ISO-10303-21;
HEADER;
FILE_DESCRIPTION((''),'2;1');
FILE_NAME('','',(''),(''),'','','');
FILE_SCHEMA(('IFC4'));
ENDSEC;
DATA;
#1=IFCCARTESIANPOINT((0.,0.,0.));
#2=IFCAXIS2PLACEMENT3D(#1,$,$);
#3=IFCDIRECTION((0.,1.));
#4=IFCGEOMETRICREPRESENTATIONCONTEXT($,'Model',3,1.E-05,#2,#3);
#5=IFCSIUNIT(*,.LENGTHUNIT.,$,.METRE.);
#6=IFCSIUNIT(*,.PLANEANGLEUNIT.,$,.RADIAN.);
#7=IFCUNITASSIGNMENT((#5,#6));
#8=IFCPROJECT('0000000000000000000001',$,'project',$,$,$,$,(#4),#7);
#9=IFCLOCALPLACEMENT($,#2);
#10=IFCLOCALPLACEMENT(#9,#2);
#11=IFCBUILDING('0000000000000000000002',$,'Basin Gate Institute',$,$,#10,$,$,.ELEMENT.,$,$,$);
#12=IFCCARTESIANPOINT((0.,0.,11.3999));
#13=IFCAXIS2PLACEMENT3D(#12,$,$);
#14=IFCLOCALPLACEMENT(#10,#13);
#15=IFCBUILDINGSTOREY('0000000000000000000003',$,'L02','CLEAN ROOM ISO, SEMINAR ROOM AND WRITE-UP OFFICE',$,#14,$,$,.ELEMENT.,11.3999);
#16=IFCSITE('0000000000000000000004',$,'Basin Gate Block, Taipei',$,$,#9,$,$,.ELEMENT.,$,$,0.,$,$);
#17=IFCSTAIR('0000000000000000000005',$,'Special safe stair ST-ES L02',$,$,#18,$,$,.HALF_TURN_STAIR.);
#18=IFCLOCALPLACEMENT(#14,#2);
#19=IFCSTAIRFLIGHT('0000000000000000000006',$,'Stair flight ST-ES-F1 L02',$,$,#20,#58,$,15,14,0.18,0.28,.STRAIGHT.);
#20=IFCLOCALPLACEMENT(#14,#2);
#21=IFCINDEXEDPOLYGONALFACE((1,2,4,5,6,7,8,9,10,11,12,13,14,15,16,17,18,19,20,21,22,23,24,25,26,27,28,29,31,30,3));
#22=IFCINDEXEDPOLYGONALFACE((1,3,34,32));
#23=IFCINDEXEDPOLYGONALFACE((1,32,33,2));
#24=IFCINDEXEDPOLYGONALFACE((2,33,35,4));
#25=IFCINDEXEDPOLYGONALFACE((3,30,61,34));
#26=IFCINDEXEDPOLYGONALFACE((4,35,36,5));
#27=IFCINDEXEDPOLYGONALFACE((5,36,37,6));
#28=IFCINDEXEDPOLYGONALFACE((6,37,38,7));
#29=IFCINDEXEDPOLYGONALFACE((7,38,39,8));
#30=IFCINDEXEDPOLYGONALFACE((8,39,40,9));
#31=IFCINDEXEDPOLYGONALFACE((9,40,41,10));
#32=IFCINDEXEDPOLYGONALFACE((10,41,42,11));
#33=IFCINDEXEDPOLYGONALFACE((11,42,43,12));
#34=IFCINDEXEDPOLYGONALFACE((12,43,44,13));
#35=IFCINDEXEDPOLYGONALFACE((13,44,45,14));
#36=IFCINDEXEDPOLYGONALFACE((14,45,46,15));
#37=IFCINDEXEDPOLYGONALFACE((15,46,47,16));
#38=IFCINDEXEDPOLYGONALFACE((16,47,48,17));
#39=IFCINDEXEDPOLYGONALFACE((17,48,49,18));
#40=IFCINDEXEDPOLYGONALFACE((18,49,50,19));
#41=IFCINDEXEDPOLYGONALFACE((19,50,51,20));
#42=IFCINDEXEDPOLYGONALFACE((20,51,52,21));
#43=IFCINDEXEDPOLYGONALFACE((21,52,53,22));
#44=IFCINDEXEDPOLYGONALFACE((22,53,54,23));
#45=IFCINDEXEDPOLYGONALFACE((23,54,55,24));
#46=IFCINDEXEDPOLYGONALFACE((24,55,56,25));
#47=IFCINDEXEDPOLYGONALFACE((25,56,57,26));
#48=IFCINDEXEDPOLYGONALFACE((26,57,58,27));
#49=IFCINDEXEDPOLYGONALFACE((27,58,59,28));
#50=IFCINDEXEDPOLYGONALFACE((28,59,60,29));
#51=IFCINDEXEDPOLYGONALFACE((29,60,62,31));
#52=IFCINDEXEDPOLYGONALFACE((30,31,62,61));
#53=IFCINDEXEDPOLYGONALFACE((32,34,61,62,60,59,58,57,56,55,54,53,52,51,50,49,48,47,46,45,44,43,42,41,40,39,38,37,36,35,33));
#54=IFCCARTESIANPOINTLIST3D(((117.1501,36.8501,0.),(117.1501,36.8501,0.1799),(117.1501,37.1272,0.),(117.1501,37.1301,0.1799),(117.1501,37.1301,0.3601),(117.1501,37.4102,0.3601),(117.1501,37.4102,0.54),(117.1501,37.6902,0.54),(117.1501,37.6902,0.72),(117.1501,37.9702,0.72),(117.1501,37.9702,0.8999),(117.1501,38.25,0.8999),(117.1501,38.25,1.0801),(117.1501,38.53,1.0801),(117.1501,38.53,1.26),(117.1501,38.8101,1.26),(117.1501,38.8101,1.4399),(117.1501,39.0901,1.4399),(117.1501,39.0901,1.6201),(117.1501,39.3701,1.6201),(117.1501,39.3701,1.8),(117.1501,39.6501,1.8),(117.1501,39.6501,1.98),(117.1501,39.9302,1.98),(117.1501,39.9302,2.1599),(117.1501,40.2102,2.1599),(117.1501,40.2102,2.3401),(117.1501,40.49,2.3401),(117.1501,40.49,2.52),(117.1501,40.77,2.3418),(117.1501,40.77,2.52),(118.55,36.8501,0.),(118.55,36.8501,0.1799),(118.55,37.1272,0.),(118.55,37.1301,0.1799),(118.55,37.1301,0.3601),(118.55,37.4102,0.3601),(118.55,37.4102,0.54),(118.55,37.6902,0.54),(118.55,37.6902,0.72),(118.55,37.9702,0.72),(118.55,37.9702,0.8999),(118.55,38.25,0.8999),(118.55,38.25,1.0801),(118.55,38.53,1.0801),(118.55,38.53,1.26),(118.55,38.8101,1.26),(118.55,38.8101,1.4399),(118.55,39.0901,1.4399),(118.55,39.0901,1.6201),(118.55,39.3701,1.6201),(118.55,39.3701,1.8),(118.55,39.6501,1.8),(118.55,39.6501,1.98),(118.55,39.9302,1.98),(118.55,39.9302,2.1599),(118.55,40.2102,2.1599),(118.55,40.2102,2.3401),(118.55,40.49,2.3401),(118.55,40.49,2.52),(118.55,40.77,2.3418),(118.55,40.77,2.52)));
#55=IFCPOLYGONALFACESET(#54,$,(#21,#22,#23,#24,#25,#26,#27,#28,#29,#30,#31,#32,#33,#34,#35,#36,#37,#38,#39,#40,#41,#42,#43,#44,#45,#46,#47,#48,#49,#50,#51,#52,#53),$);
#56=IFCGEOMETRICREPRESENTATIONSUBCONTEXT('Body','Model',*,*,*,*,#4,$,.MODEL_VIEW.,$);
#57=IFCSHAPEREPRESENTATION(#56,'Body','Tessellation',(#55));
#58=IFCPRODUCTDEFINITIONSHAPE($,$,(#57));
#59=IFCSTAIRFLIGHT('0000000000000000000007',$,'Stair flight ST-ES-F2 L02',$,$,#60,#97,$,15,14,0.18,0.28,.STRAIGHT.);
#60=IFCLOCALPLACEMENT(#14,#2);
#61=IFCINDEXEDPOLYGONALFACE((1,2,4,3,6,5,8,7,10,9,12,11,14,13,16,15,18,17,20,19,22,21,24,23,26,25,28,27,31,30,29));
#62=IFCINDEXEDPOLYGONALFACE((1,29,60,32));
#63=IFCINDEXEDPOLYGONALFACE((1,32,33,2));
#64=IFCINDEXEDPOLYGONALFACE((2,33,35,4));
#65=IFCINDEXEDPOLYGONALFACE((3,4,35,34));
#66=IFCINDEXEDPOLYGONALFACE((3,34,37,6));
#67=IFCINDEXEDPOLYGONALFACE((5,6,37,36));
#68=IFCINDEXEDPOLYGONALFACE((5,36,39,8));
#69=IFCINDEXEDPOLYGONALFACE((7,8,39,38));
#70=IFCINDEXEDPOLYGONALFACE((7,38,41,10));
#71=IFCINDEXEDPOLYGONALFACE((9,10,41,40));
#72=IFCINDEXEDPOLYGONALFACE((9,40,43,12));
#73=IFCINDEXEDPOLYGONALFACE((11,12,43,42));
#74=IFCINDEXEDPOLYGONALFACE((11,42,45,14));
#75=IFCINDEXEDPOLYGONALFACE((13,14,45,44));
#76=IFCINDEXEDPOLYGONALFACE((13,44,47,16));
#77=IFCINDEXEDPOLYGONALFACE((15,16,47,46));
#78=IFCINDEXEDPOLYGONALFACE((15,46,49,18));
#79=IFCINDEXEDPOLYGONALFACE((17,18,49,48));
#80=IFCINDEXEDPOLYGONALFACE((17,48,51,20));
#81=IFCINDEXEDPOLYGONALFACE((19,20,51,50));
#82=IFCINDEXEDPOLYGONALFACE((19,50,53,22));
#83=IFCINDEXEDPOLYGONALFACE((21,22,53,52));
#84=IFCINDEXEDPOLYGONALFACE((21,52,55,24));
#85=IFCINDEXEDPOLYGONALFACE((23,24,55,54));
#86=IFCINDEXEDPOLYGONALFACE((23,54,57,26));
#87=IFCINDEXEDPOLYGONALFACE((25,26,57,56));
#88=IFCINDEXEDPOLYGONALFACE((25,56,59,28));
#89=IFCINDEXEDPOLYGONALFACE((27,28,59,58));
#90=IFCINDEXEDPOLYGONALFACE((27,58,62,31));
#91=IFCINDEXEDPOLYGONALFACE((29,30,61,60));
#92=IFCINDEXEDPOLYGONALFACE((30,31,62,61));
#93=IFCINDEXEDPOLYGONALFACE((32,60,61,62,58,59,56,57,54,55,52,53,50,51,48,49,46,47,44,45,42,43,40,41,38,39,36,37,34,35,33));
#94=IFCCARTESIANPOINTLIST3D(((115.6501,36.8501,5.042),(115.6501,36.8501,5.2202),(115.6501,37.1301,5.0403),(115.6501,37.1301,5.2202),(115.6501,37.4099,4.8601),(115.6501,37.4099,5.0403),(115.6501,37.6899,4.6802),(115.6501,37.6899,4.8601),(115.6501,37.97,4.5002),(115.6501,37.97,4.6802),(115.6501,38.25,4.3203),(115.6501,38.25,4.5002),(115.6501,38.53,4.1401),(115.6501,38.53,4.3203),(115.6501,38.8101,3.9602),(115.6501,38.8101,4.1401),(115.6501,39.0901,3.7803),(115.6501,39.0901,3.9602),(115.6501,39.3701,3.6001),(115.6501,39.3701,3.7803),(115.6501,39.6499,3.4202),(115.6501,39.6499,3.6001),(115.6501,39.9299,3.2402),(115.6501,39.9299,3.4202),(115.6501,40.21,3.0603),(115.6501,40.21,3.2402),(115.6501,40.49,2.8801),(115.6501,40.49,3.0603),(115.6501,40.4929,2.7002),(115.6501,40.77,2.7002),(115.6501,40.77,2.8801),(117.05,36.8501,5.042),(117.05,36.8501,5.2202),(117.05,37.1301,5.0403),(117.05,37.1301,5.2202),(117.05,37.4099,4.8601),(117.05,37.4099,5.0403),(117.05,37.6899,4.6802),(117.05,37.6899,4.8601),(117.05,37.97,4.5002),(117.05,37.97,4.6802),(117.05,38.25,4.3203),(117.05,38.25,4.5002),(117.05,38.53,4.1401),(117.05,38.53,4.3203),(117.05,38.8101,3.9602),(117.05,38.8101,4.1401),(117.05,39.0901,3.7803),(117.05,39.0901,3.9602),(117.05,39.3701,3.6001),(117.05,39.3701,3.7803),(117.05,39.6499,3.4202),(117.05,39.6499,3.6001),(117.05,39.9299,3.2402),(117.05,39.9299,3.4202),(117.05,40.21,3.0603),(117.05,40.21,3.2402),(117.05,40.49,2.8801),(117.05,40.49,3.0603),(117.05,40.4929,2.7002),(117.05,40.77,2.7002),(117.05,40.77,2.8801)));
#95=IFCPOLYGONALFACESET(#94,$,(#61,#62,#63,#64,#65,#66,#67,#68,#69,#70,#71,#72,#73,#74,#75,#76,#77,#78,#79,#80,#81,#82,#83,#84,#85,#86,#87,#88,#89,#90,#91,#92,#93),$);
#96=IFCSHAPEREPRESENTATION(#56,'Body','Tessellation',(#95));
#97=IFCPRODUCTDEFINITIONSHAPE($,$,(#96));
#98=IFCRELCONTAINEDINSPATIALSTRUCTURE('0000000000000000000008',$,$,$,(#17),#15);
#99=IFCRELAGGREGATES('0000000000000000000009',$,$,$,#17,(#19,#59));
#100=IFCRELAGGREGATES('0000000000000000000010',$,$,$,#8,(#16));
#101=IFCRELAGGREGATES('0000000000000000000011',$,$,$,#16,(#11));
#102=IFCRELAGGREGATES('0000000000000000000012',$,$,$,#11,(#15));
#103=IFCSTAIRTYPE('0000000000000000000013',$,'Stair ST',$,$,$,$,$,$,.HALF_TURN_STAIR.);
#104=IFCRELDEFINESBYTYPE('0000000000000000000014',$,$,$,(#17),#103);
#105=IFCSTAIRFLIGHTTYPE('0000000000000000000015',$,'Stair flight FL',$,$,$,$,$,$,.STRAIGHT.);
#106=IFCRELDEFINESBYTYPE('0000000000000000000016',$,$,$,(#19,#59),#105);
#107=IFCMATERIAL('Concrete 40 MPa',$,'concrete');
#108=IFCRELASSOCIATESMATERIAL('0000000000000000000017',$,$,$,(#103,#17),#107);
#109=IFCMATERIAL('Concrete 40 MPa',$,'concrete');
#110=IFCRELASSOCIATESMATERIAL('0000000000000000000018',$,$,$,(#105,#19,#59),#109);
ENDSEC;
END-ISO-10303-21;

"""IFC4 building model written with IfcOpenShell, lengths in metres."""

from ifc_helpers import new_model, si_unit, direction, frame, origin, place, context, subcontext, project, spatial, polyline, outline, extrude, material, type_object, element, aggregate, save


model = new_model("IFC4")

# Units and contexts
model_context = context("Model", 3, precision=1e-05, world=origin(), true_north=direction((0.0, 1.0)))
body_context = subcontext(model_context, "Body", "Model", "MODEL_VIEW")
ifc_project = project(units=[si_unit("LENGTHUNIT", "METRE"), si_unit("PLANEANGLEUNIT", "RADIAN")], contexts=[model_context])

# Site, building, storey
site_placement = place(None, origin())
site = spatial("IfcSite", under=ifc_project, at=site_placement, Name="Basin Gate Block, Taipei", CompositionType="ELEMENT", RefElevation=0.0)
building_placement = place(site_placement, origin())
building = spatial("IfcBuilding", under=site, at=building_placement, Name="Basin Gate Institute", CompositionType="ELEMENT")
storey_placement = place(building_placement, frame((0.0, 0.0, 11.3999)))
storey = spatial("IfcBuildingStorey", under=building, at=storey_placement, Name="L02", Description="CLEAN ROOM ISO, SEMINAR ROOM AND WRITE-UP OFFICE", CompositionType="ELEMENT", Elevation=11.3999)

# Stair, stair flights
ifc_material_1 = material(Name="Concrete 40 MPa", Category="concrete")
stair_type = type_object("IfcStairType", Name="Stair ST", PredefinedType="HALF_TURN_STAIR", material=ifc_material_1)
stair_placement = place(storey_placement, origin())
stair = element("IfcStair", 1, at=stair_placement, inside=storey, type_object=stair_type, material=ifc_material_1, Name="Special safe stair ST-ES L02", PredefinedType="HALF_TURN_STAIR")
ifc_material_2 = material(Name="Concrete 40 MPa", Category="concrete")
stair_flight_type = type_object("IfcStairFlightType", Name="Stair flight FL", PredefinedType="STRAIGHT", material=ifc_material_2)
stair_flight_1_placement = place(storey_placement, frame((117.8501, 36.8501, 0.0), z_axis=(0.0, 0.0, 1.0), x_axis=(0.0, 1.0, 0.0)))
stair_flight_1 = element("IfcStairFlight", 2, at=stair_flight_1_placement, type_object=stair_flight_type, material=ifc_material_2, Name="Stair flight ST-ES-F1 L02", NumberOfRisers=15, NumberOfTreads=14, PredefinedType="STRAIGHT", RiserHeight=0.18, TreadLength=0.28, context=body_context, shape_type="SweptSolid", body=[
    extrude(outline(polyline([(0.0, 0.0), (0.0, 0.1799), (0.28, 0.1799), (0.28, 0.3601), (0.5601, 0.3601), (0.5601, 0.54), (0.8401, 0.54), (0.8401, 0.72), (1.1201, 0.72), (1.1201, 0.8999), (1.3999, 0.8999), (1.3999, 1.0801), (1.6799, 1.0801), (1.6799, 1.26), (1.96, 1.26), (1.96, 1.4399), (2.24, 1.4399), (2.24, 1.6201), (2.52, 1.6201), (2.52, 1.8), (2.8, 1.8), (2.8, 1.98), (3.0801, 1.98), (3.0801, 2.1599), (3.3601, 2.1599), (3.3601, 2.3401), (3.6399, 2.3401), (3.6399, 2.52), (3.9199, 2.52), (3.9199, 2.7), (3.9199, 2.3418), (0.2771, 0.0), (0.0, 0.0)])), frame((0.0, 0.7, 0.0), z_axis=(0.0, -1.0, 0.0), x_axis=(1.0, 0.0, 0.0)), (0.0, 0.0, 1.0), 1.3999),
])
stair_flight_2_placement = place(storey_placement, frame((116.3501, 40.77, 2.7002), z_axis=(0.0, 0.0, 1.0), x_axis=(0.0, -1.0, 0.0)))
stair_flight_2 = element("IfcStairFlight", 3, at=stair_flight_2_placement, type_object=stair_flight_type, material=ifc_material_2, Name="Stair flight ST-ES-F2 L02", NumberOfRisers=15, NumberOfTreads=14, PredefinedType="STRAIGHT", RiserHeight=0.18, TreadLength=0.28, context=body_context, shape_type="SweptSolid", body=[
    extrude(outline(polyline([(0.0, 0.0), (0.0, 0.1799), (0.28, 0.1799), (0.28, 0.3601), (0.5601, 0.3601), (0.5601, 0.54), (0.8401, 0.54), (0.8401, 0.72), (1.1201, 0.72), (1.1201, 0.8999), (1.3999, 0.8999), (1.3999, 1.0801), (1.6799, 1.0801), (1.6799, 1.26), (1.96, 1.26), (1.96, 1.4399), (2.24, 1.4399), (2.24, 1.6201), (2.52, 1.6201), (2.52, 1.8), (2.8, 1.8), (2.8, 1.98), (3.0801, 1.98), (3.0801, 2.1599), (3.3601, 2.1599), (3.3601, 2.3401), (3.6399, 2.3401), (3.6399, 2.52), (3.9199, 2.52), (3.9199, 2.7), (3.9199, 2.3418), (0.2771, 0.0), (0.0, 0.0)])), frame((0.0, 0.7, 0.0), z_axis=(0.0, -1.0, 0.0), x_axis=(1.0, 0.0, 0.0)), (0.0, 0.0, 1.0), 1.3999),
])
aggregate(stair, [stair_flight_1, stair_flight_2])

save(model, "model.ifc")
